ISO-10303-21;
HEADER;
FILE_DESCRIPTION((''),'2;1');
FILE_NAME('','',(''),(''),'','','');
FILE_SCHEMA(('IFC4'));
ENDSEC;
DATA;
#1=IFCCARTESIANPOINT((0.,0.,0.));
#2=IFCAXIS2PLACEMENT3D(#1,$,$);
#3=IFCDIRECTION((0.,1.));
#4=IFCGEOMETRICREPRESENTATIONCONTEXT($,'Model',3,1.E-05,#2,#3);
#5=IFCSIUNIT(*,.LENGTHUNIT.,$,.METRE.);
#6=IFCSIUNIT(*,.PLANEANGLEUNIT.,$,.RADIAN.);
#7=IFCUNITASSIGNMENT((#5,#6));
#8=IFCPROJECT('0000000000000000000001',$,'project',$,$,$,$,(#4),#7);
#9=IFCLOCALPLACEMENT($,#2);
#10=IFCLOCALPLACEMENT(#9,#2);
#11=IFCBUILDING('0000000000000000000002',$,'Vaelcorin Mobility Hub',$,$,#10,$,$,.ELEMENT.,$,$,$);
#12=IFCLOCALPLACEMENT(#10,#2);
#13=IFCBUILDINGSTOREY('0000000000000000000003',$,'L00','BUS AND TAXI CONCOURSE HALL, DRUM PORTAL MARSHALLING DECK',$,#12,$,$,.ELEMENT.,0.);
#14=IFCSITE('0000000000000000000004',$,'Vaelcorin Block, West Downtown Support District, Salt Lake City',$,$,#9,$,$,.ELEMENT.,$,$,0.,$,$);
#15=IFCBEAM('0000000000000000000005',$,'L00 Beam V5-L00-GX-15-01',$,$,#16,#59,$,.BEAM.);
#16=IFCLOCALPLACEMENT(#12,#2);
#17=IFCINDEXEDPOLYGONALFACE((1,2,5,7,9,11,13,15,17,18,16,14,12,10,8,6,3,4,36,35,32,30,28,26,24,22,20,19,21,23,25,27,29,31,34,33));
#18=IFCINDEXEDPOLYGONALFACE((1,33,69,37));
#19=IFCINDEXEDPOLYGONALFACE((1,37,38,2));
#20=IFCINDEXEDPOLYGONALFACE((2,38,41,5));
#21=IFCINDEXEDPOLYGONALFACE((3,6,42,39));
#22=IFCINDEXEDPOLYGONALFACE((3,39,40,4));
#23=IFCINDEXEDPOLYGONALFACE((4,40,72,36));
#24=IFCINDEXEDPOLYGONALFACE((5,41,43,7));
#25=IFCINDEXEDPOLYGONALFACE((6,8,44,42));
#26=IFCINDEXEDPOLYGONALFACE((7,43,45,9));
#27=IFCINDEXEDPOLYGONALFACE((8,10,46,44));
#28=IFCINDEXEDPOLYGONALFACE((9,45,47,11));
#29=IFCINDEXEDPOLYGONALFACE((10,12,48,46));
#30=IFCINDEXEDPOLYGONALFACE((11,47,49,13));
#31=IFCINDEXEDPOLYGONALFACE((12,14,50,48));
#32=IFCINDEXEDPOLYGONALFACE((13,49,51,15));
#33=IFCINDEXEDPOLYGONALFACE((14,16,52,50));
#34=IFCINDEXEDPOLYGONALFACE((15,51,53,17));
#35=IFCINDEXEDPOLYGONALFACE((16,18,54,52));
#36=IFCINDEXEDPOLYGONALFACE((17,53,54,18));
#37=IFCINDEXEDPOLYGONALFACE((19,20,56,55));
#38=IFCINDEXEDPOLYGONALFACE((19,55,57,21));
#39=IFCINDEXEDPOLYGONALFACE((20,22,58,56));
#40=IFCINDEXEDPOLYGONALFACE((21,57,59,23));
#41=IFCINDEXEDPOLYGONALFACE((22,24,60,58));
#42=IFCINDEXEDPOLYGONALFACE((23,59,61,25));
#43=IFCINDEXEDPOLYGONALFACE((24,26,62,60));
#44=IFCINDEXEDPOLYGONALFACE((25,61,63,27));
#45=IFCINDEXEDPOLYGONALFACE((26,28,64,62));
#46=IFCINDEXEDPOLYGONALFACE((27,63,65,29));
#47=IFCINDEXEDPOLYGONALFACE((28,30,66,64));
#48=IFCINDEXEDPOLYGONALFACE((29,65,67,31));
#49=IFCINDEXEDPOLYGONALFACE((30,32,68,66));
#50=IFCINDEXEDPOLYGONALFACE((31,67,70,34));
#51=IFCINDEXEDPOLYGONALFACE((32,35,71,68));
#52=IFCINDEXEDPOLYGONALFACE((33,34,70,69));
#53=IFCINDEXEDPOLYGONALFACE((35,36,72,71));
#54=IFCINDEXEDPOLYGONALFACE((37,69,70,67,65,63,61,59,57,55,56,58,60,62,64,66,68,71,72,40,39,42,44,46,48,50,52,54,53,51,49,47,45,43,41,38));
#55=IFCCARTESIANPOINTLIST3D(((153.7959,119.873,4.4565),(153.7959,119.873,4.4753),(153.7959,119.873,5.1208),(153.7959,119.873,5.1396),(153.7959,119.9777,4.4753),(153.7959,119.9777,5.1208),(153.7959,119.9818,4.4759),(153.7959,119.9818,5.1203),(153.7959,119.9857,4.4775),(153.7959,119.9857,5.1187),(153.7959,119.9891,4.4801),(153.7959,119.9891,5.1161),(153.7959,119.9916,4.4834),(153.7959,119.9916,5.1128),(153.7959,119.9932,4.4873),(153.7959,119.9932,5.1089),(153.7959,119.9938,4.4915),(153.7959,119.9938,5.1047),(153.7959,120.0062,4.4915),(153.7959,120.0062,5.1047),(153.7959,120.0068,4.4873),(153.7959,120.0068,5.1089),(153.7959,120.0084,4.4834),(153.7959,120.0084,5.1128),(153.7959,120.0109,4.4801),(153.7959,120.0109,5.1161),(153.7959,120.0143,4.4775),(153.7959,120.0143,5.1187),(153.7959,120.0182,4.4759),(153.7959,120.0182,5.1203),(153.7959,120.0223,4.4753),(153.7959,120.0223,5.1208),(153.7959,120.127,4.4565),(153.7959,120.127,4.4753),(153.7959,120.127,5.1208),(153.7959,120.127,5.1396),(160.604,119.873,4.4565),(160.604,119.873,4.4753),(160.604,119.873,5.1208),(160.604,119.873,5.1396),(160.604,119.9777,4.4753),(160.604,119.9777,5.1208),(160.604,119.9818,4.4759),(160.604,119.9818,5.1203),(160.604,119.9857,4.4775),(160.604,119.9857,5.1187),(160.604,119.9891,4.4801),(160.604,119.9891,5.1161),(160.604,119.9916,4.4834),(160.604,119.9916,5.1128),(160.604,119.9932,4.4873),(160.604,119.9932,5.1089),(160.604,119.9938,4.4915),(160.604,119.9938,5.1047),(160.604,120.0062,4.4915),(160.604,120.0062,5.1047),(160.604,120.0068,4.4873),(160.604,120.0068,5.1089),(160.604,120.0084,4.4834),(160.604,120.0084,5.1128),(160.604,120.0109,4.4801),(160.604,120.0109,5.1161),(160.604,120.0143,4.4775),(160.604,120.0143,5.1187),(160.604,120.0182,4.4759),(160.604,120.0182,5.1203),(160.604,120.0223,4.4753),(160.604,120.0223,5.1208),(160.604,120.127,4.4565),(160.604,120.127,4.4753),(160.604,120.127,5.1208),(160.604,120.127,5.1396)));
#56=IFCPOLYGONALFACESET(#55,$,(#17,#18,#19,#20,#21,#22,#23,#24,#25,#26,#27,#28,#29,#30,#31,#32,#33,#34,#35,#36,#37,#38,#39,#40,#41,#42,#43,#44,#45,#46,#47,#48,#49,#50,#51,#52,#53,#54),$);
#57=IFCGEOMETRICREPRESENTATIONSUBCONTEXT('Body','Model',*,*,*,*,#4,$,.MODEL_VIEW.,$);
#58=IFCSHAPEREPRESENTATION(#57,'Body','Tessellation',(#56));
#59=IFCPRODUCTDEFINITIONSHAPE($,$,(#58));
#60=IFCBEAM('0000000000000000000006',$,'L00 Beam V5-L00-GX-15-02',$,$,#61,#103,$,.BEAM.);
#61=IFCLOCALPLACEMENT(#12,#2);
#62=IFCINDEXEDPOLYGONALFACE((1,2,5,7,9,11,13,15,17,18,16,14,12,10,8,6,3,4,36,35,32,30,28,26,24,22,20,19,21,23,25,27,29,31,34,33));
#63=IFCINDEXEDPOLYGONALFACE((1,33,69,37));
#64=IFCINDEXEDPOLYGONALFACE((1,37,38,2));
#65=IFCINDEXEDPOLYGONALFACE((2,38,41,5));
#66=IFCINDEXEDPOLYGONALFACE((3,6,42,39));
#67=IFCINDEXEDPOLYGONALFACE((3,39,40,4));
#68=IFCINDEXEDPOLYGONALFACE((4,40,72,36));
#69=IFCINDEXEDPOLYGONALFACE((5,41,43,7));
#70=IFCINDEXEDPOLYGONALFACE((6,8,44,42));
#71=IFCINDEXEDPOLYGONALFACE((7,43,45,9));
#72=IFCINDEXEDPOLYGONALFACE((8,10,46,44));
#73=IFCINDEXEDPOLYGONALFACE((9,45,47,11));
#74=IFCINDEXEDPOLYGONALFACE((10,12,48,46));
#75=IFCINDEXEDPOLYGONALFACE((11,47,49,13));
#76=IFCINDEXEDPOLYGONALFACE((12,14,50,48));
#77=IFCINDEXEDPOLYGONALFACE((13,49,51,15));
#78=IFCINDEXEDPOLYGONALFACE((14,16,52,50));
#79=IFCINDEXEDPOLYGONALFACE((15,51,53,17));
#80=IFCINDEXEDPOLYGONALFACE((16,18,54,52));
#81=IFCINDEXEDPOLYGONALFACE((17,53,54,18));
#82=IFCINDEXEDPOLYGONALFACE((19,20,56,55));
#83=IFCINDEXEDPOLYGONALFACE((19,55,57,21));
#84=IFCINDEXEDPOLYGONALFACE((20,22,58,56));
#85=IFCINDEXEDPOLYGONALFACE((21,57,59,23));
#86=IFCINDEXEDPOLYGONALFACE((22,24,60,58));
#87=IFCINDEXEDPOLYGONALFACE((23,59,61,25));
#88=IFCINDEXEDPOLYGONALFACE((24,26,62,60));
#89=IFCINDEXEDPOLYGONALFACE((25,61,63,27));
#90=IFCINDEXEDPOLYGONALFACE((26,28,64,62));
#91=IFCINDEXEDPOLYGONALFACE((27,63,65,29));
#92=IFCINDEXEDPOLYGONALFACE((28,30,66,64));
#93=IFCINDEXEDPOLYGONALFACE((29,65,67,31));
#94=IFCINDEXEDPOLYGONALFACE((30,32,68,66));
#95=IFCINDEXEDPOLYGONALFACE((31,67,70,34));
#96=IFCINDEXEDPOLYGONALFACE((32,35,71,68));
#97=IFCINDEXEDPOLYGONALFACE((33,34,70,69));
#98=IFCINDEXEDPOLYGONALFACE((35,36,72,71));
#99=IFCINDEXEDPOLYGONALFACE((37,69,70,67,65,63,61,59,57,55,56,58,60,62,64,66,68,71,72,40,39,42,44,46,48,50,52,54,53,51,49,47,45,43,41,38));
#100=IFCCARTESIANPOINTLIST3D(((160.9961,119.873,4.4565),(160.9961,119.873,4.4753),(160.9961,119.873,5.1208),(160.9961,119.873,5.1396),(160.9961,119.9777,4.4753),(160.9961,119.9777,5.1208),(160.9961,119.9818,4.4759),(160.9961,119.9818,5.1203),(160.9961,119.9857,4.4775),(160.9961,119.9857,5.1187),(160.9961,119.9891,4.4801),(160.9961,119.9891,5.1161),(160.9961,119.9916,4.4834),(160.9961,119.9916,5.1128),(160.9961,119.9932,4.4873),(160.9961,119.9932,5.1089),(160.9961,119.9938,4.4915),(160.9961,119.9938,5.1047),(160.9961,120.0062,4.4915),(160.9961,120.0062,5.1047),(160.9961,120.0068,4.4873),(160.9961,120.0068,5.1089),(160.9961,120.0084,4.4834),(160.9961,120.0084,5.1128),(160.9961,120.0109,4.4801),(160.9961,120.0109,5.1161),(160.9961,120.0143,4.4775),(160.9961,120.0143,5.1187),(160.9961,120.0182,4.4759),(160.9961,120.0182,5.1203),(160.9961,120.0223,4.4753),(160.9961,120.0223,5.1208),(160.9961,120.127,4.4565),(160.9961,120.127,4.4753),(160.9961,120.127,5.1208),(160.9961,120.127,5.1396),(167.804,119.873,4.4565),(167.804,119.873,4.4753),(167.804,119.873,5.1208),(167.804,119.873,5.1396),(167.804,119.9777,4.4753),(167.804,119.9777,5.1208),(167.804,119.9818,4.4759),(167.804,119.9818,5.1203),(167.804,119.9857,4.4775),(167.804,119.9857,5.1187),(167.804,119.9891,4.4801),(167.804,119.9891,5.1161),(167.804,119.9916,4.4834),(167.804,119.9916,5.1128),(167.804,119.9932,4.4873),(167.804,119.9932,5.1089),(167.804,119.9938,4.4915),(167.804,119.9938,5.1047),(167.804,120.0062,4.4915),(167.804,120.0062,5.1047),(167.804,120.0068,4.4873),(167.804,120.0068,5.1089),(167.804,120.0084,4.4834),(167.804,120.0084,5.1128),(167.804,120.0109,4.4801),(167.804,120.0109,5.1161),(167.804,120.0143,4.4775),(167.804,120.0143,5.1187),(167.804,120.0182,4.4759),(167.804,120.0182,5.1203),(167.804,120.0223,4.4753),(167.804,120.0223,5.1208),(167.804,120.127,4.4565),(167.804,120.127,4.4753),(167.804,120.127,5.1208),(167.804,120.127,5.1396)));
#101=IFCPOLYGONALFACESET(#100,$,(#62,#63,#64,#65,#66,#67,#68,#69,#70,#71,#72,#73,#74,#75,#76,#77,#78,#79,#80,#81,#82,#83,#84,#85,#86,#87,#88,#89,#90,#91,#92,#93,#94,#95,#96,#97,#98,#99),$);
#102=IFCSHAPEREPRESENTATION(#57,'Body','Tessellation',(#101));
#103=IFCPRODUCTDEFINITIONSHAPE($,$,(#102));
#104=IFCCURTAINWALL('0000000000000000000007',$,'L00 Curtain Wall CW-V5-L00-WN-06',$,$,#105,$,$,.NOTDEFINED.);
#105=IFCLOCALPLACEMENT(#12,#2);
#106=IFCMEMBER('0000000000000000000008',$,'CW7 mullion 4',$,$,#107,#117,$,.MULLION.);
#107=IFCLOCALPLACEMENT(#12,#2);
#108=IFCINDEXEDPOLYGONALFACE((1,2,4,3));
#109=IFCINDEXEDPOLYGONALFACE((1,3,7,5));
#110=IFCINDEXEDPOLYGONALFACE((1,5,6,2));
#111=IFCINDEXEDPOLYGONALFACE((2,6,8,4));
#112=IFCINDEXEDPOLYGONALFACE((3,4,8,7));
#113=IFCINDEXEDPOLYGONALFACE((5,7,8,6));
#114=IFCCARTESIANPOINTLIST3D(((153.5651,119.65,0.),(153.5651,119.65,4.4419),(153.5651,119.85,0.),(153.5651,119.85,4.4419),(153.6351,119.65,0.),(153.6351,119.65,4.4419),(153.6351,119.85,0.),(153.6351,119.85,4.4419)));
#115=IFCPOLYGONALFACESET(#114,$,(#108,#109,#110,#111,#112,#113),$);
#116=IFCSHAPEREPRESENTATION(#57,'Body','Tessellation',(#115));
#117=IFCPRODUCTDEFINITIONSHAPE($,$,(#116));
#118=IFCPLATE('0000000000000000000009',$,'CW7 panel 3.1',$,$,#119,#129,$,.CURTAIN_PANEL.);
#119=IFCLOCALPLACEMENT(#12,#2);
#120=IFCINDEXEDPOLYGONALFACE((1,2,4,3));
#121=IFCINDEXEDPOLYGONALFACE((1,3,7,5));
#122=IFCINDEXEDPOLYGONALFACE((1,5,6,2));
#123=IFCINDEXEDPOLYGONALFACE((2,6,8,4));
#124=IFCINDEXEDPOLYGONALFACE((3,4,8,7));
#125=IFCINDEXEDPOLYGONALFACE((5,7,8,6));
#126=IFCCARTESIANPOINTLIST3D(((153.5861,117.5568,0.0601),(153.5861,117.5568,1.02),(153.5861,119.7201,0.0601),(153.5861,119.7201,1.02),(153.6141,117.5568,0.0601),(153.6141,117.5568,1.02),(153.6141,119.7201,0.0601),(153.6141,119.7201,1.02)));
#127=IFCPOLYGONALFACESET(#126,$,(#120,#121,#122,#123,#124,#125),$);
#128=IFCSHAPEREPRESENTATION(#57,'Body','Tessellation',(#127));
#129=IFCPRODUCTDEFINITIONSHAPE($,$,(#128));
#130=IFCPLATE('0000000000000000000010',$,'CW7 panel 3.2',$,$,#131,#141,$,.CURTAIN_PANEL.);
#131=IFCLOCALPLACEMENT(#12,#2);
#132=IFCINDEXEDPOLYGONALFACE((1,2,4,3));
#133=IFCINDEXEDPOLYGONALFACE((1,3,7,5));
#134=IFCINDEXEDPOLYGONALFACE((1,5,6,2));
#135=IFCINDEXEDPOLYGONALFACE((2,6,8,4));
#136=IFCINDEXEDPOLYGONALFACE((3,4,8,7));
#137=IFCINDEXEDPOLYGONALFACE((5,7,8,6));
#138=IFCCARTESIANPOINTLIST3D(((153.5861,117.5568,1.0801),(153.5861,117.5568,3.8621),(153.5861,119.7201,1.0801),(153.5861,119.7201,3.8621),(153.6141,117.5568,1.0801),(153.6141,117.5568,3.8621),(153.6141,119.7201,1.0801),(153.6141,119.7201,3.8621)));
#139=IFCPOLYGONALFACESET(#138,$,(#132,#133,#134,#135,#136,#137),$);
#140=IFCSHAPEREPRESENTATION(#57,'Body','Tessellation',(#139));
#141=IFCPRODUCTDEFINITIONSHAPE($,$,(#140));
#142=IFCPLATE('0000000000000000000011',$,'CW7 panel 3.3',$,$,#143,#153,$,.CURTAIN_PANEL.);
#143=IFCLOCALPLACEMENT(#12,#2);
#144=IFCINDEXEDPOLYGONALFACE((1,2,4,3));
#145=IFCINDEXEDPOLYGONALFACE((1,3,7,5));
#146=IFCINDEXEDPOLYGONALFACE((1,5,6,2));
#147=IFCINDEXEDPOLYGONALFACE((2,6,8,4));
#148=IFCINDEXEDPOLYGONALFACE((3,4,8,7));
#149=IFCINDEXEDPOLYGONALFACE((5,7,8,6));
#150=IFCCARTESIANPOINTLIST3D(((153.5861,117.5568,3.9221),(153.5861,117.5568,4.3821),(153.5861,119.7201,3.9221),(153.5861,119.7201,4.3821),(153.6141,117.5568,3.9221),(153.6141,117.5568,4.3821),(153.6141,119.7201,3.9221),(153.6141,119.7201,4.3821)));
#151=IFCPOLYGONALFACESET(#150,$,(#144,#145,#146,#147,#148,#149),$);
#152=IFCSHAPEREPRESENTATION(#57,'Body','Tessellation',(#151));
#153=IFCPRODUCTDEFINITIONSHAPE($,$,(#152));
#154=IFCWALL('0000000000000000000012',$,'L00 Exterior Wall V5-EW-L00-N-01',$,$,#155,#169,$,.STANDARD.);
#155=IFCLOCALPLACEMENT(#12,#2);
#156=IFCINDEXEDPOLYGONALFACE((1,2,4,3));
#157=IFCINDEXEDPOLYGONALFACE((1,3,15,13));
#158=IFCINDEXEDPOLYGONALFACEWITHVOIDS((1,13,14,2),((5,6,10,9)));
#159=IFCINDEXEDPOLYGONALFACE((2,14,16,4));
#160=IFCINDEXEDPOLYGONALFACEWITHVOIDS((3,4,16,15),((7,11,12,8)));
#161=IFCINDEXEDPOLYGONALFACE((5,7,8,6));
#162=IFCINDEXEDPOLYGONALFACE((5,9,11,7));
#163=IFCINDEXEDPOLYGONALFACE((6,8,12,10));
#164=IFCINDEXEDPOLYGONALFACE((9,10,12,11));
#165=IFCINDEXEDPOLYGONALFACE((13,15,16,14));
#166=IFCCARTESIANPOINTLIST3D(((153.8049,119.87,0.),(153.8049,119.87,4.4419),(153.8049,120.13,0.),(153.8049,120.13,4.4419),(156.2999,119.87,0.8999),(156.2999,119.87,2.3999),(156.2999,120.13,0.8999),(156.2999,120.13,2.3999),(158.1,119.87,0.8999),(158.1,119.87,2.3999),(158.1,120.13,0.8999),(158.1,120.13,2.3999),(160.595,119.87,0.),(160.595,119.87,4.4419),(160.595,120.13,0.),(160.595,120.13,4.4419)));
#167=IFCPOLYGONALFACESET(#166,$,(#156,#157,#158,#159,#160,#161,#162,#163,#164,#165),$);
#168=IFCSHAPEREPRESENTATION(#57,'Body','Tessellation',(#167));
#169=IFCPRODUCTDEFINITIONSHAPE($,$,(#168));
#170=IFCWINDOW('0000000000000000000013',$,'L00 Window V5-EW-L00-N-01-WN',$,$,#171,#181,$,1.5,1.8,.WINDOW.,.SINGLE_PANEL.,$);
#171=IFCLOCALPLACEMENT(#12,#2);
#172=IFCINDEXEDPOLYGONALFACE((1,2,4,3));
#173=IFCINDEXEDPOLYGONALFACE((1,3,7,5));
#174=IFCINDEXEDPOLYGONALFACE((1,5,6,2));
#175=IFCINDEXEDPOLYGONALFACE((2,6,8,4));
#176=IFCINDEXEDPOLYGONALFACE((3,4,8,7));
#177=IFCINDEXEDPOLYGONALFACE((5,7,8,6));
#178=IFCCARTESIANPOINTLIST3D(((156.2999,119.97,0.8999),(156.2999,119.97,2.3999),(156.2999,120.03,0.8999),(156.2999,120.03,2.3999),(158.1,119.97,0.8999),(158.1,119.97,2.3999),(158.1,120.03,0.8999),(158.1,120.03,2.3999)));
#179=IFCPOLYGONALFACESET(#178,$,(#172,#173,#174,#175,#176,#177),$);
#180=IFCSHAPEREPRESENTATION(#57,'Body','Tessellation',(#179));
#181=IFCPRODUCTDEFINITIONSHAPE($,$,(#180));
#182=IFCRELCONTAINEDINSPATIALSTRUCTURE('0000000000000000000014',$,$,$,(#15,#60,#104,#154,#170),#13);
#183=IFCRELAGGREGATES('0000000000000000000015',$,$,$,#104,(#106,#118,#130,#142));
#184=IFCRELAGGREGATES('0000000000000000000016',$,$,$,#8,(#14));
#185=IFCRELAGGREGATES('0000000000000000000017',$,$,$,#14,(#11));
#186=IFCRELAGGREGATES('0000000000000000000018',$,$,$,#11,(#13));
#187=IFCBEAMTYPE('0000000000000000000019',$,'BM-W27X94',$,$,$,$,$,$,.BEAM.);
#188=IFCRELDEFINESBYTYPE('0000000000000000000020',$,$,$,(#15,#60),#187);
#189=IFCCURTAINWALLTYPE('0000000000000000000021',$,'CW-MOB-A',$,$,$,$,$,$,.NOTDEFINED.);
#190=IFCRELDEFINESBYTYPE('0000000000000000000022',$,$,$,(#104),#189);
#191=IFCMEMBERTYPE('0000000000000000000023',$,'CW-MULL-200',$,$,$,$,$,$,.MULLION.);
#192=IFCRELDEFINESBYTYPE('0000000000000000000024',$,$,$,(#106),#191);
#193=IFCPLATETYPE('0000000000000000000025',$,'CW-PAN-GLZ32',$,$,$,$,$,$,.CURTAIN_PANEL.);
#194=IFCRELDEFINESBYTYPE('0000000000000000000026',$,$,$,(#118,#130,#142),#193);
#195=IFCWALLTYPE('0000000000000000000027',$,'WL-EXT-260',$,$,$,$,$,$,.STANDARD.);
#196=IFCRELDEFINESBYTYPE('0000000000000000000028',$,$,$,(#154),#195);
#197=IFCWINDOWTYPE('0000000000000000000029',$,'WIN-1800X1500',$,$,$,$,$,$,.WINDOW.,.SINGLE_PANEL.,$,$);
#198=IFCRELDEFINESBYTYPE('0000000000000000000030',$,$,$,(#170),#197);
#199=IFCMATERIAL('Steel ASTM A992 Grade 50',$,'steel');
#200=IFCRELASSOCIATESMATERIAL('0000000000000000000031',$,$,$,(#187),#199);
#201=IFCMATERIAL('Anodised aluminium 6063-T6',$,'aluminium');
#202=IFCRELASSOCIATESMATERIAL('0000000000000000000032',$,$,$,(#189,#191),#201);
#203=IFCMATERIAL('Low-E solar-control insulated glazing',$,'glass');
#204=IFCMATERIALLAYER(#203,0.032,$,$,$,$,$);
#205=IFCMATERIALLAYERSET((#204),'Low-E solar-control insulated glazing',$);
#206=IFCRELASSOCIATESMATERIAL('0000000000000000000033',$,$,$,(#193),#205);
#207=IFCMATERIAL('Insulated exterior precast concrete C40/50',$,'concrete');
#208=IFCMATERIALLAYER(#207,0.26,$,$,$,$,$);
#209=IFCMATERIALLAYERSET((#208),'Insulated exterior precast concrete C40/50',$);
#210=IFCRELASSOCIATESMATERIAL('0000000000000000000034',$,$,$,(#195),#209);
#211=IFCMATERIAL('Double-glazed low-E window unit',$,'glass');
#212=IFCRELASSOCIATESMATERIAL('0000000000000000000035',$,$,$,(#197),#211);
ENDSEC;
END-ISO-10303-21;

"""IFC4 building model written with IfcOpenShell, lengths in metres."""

from ifc_helpers import new_model, si_unit, direction, frame, frame_2d, origin, origin_2d, place, context, subcontext, project, spatial, rectangle, i_section, extrude, material, layer, layer_set, material_profile, profile_set, type_object, element, fill, aggregate, save


model = new_model("IFC4")

# Units and contexts
model_context = context("Model", 3, precision=1e-05, world=origin(), true_north=direction((0.0, 1.0)))
body_context = subcontext(model_context, "Body", "Model", "MODEL_VIEW")
ifc_project = project(units=[si_unit("LENGTHUNIT", "METRE"), si_unit("PLANEANGLEUNIT", "RADIAN")], contexts=[model_context])

# Site, building, storey
site_placement = place(None, origin())
site = spatial("IfcSite", under=ifc_project, at=site_placement, Name="Vaelcorin Block, West Downtown Support District, Salt Lake City", CompositionType="ELEMENT", RefElevation=0.0)
building_placement = place(site_placement, origin())
building = spatial("IfcBuilding", under=site, at=building_placement, Name="Vaelcorin Mobility Hub", CompositionType="ELEMENT")
storey_placement = place(building_placement, origin())
storey = spatial("IfcBuildingStorey", under=building, at=storey_placement, Name="L00", Description="BUS AND TAXI CONCOURSE HALL, DRUM PORTAL MARSHALLING DECK", CompositionType="ELEMENT", Elevation=0.0)

# Shared definitions
ifc_material_1 = material(Name="Steel ASTM A992 Grade 50", Category="steel")

# Beams
ifc_material_profile_1 = material_profile(ifc_material_1, i_section(OverallWidth=0.2539, OverallDepth=0.6831, WebThickness=0.0125, FlangeThickness=0.0188, FilletRadius=0.0161, at=origin_2d()), Name="W27X94")
ifc_profile_set_1 = profile_set([ifc_material_profile_1], Name="Steel ASTM A992 Grade 50")
beam_type_1 = type_object("IfcBeamType", Name="BM-W27X94", PredefinedType="BEAM", material=ifc_profile_set_1)
beam_1_placement = place(storey_placement, frame((153.7959, 120.0, 4.7981), z_axis=(1.0, 0.0, 0.0), x_axis=(0.0, 1.0, 0.0)))
element("IfcBeam", 1, at=beam_1_placement, inside=storey, type_object=beam_type_1, Name="L00 Beam V5-L00-GX-15-01", PredefinedType="BEAM", context=body_context, shape_type="SweptSolid", body=[
    extrude(i_section(OverallWidth=0.2539, OverallDepth=0.6831, WebThickness=0.0125, FlangeThickness=0.0188, FilletRadius=0.0161, at=origin_2d()), origin(), (0.0, 0.0, 1.0), 6.8081),
])
beam_2_placement = place(storey_placement, frame((160.9961, 120.0, 4.7981), z_axis=(1.0, 0.0, 0.0), x_axis=(0.0, 1.0, 0.0)))
element("IfcBeam", 2, at=beam_2_placement, inside=storey, type_object=beam_type_1, Name="L00 Beam V5-L00-GX-15-02", PredefinedType="BEAM", context=body_context, shape_type="SweptSolid", body=[
    extrude(i_section(OverallWidth=0.2539, OverallDepth=0.6831, WebThickness=0.0125, FlangeThickness=0.0188, FilletRadius=0.0161, at=origin_2d()), origin(), (0.0, 0.0, 1.0), 6.8079),
])

# Curtain wall, member, plates
ifc_material_2 = material(Name="Anodised aluminium 6063-T6", Category="aluminium")
curtain_wall_type = type_object("IfcCurtainWallType", Name="CW-MOB-A", PredefinedType="NOTDEFINED", material=ifc_material_2)
curtain_wall_placement = place(storey_placement, origin())
curtain_wall = element("IfcCurtainWall", 3, at=curtain_wall_placement, inside=storey, type_object=curtain_wall_type, Name="L00 Curtain Wall CW-V5-L00-WN-06", PredefinedType="NOTDEFINED")
ifc_material_profile_2 = material_profile(ifc_material_2, rectangle(XDim=0.0701, YDim=0.2, at=origin_2d()), Name="ALU-M70X200")
ifc_profile_set_2 = profile_set([ifc_material_profile_2], Name="Anodised aluminium 6063-T6")
member_type = type_object("IfcMemberType", Name="CW-MULL-200", PredefinedType="MULLION", material=ifc_profile_set_2)
member_placement = place(storey_placement, frame((153.6001, 119.75, 0.0), z_axis=(0.0, 0.0, 1.0), x_axis=(-1.0, 0.0, 0.0)))
member = element("IfcMember", 4, at=member_placement, type_object=member_type, Name="CW7 mullion 4", PredefinedType="MULLION", context=body_context, shape_type="SweptSolid", body=[
    extrude(rectangle(XDim=0.0701, YDim=0.2, at=origin_2d()), origin(), (0.0, 0.0, 1.0), 4.4419),
])
ifc_material_3 = material(Name="Low-E solar-control insulated glazing", Category="glass")
ifc_layer_1 = layer(ifc_material_3, 0.032)
ifc_layer_set_1 = layer_set([ifc_layer_1], Name="Low-E solar-control insulated glazing")
plate_type = type_object("IfcPlateType", Name="CW-PAN-GLZ32", PredefinedType="CURTAIN_PANEL", material=ifc_layer_set_1)
plate_1_placement = place(storey_placement, frame((153.6001, 118.6384, 0.0601), z_axis=(0.0, 0.0, 1.0), x_axis=(0.0, 1.0, 0.0)))
plate_1 = element("IfcPlate", 5, at=plate_1_placement, type_object=plate_type, Name="CW7 panel 3.1", PredefinedType="CURTAIN_PANEL", context=body_context, shape_type="SweptSolid", body=[
    extrude(rectangle(XDim=2.1633, YDim=0.0281, at=origin_2d()), origin(), (0.0, 0.0, 1.0), 0.96),
])
plate_2_placement = place(storey_placement, frame((153.6001, 118.6384, 1.0801), z_axis=(0.0, 0.0, 1.0), x_axis=(0.0, 1.0, 0.0)))
plate_2 = element("IfcPlate", 6, at=plate_2_placement, type_object=plate_type, Name="CW7 panel 3.2", PredefinedType="CURTAIN_PANEL", context=body_context, shape_type="SweptSolid", body=[
    extrude(rectangle(XDim=2.1633, YDim=0.0281, at=origin_2d()), origin(), (0.0, 0.0, 1.0), 2.782),
])
plate_3_placement = place(storey_placement, frame((153.6001, 118.6384, 3.9221), z_axis=(0.0, 0.0, 1.0), x_axis=(0.0, 1.0, 0.0)))
plate_3 = element("IfcPlate", 7, at=plate_3_placement, type_object=plate_type, Name="CW7 panel 3.3", PredefinedType="CURTAIN_PANEL", context=body_context, shape_type="SweptSolid", body=[
    extrude(rectangle(XDim=2.1633, YDim=0.0281, at=origin_2d()), origin(), (0.0, 0.0, 1.0), 0.46),
])
aggregate(curtain_wall, [member, plate_1, plate_2, plate_3])

# Wall, opening, window
ifc_material_4 = material(Name="Insulated exterior precast concrete C40/50", Category="concrete")
ifc_layer_2 = layer(ifc_material_4, 0.26)
ifc_layer_set_2 = layer_set([ifc_layer_2], Name="Insulated exterior precast concrete C40/50")
wall_type_1 = type_object("IfcWallType", Name="WL-EXT-260", PredefinedType="STANDARD", material=ifc_layer_set_2)
wall_1_placement = place(storey_placement, frame((153.8049, 120.0, 0.0), z_axis=(0.0, 0.0, 1.0), x_axis=(1.0, 0.0, 0.0)))
wall_1 = element("IfcWall", 8, at=wall_1_placement, inside=storey, type_object=wall_type_1, Name="L00 Exterior Wall V5-EW-L00-N-01", PredefinedType="STANDARD", context=body_context, shape_type="SweptSolid", body=[
    extrude(rectangle(XDim=6.79, YDim=0.26, at=frame_2d((3.395, 0.0))), origin(), (0.0, 0.0, 1.0), 4.4419),
])
opening_1_placement = place(wall_1_placement, frame((2.4951, 0.0, 0.8999)))
opening_1 = element("IfcOpeningElement", 9, at=opening_1_placement, cuts=wall_1, PredefinedType="OPENING", context=body_context, shape_type="SweptSolid", body=[
    extrude(rectangle(XDim=1.8, YDim=1.5, at=frame_2d((0.8999, 0.75))), frame((0.0, 0.1399, 0.0), z_axis=(0.0, -1.0, 0.0), x_axis=(1.0, 0.0, 0.0)), (0.0, 0.0, 1.0), 0.28),
])
ifc_material_5 = material(Name="Double-glazed low-E window unit", Category="glass")
window_type_1 = type_object("IfcWindowType", Name="WIN-1800X1500", PartitioningType="SINGLE_PANEL", PredefinedType="WINDOW", material=ifc_material_5)
window_1_placement = place(opening_1_placement, origin())
window_1 = element("IfcWindow", 10, at=window_1_placement, inside=storey, type_object=window_type_1, Name="L00 Window V5-EW-L00-N-01-WN", OverallHeight=1.5, OverallWidth=1.8, PartitioningType="SINGLE_PANEL", PredefinedType="WINDOW", context=body_context, shape_type="SweptSolid", body=[
    extrude(rectangle(XDim=1.8, YDim=1.5, at=frame_2d((0.8999, 0.75))), frame((0.0, 0.03, 0.0), z_axis=(0.0, -1.0, 0.0), x_axis=(1.0, 0.0, 0.0)), (0.0, 0.0, 1.0), 0.0601),
])
fill(opening_1, window_1)

save(model, "model.ifc")
